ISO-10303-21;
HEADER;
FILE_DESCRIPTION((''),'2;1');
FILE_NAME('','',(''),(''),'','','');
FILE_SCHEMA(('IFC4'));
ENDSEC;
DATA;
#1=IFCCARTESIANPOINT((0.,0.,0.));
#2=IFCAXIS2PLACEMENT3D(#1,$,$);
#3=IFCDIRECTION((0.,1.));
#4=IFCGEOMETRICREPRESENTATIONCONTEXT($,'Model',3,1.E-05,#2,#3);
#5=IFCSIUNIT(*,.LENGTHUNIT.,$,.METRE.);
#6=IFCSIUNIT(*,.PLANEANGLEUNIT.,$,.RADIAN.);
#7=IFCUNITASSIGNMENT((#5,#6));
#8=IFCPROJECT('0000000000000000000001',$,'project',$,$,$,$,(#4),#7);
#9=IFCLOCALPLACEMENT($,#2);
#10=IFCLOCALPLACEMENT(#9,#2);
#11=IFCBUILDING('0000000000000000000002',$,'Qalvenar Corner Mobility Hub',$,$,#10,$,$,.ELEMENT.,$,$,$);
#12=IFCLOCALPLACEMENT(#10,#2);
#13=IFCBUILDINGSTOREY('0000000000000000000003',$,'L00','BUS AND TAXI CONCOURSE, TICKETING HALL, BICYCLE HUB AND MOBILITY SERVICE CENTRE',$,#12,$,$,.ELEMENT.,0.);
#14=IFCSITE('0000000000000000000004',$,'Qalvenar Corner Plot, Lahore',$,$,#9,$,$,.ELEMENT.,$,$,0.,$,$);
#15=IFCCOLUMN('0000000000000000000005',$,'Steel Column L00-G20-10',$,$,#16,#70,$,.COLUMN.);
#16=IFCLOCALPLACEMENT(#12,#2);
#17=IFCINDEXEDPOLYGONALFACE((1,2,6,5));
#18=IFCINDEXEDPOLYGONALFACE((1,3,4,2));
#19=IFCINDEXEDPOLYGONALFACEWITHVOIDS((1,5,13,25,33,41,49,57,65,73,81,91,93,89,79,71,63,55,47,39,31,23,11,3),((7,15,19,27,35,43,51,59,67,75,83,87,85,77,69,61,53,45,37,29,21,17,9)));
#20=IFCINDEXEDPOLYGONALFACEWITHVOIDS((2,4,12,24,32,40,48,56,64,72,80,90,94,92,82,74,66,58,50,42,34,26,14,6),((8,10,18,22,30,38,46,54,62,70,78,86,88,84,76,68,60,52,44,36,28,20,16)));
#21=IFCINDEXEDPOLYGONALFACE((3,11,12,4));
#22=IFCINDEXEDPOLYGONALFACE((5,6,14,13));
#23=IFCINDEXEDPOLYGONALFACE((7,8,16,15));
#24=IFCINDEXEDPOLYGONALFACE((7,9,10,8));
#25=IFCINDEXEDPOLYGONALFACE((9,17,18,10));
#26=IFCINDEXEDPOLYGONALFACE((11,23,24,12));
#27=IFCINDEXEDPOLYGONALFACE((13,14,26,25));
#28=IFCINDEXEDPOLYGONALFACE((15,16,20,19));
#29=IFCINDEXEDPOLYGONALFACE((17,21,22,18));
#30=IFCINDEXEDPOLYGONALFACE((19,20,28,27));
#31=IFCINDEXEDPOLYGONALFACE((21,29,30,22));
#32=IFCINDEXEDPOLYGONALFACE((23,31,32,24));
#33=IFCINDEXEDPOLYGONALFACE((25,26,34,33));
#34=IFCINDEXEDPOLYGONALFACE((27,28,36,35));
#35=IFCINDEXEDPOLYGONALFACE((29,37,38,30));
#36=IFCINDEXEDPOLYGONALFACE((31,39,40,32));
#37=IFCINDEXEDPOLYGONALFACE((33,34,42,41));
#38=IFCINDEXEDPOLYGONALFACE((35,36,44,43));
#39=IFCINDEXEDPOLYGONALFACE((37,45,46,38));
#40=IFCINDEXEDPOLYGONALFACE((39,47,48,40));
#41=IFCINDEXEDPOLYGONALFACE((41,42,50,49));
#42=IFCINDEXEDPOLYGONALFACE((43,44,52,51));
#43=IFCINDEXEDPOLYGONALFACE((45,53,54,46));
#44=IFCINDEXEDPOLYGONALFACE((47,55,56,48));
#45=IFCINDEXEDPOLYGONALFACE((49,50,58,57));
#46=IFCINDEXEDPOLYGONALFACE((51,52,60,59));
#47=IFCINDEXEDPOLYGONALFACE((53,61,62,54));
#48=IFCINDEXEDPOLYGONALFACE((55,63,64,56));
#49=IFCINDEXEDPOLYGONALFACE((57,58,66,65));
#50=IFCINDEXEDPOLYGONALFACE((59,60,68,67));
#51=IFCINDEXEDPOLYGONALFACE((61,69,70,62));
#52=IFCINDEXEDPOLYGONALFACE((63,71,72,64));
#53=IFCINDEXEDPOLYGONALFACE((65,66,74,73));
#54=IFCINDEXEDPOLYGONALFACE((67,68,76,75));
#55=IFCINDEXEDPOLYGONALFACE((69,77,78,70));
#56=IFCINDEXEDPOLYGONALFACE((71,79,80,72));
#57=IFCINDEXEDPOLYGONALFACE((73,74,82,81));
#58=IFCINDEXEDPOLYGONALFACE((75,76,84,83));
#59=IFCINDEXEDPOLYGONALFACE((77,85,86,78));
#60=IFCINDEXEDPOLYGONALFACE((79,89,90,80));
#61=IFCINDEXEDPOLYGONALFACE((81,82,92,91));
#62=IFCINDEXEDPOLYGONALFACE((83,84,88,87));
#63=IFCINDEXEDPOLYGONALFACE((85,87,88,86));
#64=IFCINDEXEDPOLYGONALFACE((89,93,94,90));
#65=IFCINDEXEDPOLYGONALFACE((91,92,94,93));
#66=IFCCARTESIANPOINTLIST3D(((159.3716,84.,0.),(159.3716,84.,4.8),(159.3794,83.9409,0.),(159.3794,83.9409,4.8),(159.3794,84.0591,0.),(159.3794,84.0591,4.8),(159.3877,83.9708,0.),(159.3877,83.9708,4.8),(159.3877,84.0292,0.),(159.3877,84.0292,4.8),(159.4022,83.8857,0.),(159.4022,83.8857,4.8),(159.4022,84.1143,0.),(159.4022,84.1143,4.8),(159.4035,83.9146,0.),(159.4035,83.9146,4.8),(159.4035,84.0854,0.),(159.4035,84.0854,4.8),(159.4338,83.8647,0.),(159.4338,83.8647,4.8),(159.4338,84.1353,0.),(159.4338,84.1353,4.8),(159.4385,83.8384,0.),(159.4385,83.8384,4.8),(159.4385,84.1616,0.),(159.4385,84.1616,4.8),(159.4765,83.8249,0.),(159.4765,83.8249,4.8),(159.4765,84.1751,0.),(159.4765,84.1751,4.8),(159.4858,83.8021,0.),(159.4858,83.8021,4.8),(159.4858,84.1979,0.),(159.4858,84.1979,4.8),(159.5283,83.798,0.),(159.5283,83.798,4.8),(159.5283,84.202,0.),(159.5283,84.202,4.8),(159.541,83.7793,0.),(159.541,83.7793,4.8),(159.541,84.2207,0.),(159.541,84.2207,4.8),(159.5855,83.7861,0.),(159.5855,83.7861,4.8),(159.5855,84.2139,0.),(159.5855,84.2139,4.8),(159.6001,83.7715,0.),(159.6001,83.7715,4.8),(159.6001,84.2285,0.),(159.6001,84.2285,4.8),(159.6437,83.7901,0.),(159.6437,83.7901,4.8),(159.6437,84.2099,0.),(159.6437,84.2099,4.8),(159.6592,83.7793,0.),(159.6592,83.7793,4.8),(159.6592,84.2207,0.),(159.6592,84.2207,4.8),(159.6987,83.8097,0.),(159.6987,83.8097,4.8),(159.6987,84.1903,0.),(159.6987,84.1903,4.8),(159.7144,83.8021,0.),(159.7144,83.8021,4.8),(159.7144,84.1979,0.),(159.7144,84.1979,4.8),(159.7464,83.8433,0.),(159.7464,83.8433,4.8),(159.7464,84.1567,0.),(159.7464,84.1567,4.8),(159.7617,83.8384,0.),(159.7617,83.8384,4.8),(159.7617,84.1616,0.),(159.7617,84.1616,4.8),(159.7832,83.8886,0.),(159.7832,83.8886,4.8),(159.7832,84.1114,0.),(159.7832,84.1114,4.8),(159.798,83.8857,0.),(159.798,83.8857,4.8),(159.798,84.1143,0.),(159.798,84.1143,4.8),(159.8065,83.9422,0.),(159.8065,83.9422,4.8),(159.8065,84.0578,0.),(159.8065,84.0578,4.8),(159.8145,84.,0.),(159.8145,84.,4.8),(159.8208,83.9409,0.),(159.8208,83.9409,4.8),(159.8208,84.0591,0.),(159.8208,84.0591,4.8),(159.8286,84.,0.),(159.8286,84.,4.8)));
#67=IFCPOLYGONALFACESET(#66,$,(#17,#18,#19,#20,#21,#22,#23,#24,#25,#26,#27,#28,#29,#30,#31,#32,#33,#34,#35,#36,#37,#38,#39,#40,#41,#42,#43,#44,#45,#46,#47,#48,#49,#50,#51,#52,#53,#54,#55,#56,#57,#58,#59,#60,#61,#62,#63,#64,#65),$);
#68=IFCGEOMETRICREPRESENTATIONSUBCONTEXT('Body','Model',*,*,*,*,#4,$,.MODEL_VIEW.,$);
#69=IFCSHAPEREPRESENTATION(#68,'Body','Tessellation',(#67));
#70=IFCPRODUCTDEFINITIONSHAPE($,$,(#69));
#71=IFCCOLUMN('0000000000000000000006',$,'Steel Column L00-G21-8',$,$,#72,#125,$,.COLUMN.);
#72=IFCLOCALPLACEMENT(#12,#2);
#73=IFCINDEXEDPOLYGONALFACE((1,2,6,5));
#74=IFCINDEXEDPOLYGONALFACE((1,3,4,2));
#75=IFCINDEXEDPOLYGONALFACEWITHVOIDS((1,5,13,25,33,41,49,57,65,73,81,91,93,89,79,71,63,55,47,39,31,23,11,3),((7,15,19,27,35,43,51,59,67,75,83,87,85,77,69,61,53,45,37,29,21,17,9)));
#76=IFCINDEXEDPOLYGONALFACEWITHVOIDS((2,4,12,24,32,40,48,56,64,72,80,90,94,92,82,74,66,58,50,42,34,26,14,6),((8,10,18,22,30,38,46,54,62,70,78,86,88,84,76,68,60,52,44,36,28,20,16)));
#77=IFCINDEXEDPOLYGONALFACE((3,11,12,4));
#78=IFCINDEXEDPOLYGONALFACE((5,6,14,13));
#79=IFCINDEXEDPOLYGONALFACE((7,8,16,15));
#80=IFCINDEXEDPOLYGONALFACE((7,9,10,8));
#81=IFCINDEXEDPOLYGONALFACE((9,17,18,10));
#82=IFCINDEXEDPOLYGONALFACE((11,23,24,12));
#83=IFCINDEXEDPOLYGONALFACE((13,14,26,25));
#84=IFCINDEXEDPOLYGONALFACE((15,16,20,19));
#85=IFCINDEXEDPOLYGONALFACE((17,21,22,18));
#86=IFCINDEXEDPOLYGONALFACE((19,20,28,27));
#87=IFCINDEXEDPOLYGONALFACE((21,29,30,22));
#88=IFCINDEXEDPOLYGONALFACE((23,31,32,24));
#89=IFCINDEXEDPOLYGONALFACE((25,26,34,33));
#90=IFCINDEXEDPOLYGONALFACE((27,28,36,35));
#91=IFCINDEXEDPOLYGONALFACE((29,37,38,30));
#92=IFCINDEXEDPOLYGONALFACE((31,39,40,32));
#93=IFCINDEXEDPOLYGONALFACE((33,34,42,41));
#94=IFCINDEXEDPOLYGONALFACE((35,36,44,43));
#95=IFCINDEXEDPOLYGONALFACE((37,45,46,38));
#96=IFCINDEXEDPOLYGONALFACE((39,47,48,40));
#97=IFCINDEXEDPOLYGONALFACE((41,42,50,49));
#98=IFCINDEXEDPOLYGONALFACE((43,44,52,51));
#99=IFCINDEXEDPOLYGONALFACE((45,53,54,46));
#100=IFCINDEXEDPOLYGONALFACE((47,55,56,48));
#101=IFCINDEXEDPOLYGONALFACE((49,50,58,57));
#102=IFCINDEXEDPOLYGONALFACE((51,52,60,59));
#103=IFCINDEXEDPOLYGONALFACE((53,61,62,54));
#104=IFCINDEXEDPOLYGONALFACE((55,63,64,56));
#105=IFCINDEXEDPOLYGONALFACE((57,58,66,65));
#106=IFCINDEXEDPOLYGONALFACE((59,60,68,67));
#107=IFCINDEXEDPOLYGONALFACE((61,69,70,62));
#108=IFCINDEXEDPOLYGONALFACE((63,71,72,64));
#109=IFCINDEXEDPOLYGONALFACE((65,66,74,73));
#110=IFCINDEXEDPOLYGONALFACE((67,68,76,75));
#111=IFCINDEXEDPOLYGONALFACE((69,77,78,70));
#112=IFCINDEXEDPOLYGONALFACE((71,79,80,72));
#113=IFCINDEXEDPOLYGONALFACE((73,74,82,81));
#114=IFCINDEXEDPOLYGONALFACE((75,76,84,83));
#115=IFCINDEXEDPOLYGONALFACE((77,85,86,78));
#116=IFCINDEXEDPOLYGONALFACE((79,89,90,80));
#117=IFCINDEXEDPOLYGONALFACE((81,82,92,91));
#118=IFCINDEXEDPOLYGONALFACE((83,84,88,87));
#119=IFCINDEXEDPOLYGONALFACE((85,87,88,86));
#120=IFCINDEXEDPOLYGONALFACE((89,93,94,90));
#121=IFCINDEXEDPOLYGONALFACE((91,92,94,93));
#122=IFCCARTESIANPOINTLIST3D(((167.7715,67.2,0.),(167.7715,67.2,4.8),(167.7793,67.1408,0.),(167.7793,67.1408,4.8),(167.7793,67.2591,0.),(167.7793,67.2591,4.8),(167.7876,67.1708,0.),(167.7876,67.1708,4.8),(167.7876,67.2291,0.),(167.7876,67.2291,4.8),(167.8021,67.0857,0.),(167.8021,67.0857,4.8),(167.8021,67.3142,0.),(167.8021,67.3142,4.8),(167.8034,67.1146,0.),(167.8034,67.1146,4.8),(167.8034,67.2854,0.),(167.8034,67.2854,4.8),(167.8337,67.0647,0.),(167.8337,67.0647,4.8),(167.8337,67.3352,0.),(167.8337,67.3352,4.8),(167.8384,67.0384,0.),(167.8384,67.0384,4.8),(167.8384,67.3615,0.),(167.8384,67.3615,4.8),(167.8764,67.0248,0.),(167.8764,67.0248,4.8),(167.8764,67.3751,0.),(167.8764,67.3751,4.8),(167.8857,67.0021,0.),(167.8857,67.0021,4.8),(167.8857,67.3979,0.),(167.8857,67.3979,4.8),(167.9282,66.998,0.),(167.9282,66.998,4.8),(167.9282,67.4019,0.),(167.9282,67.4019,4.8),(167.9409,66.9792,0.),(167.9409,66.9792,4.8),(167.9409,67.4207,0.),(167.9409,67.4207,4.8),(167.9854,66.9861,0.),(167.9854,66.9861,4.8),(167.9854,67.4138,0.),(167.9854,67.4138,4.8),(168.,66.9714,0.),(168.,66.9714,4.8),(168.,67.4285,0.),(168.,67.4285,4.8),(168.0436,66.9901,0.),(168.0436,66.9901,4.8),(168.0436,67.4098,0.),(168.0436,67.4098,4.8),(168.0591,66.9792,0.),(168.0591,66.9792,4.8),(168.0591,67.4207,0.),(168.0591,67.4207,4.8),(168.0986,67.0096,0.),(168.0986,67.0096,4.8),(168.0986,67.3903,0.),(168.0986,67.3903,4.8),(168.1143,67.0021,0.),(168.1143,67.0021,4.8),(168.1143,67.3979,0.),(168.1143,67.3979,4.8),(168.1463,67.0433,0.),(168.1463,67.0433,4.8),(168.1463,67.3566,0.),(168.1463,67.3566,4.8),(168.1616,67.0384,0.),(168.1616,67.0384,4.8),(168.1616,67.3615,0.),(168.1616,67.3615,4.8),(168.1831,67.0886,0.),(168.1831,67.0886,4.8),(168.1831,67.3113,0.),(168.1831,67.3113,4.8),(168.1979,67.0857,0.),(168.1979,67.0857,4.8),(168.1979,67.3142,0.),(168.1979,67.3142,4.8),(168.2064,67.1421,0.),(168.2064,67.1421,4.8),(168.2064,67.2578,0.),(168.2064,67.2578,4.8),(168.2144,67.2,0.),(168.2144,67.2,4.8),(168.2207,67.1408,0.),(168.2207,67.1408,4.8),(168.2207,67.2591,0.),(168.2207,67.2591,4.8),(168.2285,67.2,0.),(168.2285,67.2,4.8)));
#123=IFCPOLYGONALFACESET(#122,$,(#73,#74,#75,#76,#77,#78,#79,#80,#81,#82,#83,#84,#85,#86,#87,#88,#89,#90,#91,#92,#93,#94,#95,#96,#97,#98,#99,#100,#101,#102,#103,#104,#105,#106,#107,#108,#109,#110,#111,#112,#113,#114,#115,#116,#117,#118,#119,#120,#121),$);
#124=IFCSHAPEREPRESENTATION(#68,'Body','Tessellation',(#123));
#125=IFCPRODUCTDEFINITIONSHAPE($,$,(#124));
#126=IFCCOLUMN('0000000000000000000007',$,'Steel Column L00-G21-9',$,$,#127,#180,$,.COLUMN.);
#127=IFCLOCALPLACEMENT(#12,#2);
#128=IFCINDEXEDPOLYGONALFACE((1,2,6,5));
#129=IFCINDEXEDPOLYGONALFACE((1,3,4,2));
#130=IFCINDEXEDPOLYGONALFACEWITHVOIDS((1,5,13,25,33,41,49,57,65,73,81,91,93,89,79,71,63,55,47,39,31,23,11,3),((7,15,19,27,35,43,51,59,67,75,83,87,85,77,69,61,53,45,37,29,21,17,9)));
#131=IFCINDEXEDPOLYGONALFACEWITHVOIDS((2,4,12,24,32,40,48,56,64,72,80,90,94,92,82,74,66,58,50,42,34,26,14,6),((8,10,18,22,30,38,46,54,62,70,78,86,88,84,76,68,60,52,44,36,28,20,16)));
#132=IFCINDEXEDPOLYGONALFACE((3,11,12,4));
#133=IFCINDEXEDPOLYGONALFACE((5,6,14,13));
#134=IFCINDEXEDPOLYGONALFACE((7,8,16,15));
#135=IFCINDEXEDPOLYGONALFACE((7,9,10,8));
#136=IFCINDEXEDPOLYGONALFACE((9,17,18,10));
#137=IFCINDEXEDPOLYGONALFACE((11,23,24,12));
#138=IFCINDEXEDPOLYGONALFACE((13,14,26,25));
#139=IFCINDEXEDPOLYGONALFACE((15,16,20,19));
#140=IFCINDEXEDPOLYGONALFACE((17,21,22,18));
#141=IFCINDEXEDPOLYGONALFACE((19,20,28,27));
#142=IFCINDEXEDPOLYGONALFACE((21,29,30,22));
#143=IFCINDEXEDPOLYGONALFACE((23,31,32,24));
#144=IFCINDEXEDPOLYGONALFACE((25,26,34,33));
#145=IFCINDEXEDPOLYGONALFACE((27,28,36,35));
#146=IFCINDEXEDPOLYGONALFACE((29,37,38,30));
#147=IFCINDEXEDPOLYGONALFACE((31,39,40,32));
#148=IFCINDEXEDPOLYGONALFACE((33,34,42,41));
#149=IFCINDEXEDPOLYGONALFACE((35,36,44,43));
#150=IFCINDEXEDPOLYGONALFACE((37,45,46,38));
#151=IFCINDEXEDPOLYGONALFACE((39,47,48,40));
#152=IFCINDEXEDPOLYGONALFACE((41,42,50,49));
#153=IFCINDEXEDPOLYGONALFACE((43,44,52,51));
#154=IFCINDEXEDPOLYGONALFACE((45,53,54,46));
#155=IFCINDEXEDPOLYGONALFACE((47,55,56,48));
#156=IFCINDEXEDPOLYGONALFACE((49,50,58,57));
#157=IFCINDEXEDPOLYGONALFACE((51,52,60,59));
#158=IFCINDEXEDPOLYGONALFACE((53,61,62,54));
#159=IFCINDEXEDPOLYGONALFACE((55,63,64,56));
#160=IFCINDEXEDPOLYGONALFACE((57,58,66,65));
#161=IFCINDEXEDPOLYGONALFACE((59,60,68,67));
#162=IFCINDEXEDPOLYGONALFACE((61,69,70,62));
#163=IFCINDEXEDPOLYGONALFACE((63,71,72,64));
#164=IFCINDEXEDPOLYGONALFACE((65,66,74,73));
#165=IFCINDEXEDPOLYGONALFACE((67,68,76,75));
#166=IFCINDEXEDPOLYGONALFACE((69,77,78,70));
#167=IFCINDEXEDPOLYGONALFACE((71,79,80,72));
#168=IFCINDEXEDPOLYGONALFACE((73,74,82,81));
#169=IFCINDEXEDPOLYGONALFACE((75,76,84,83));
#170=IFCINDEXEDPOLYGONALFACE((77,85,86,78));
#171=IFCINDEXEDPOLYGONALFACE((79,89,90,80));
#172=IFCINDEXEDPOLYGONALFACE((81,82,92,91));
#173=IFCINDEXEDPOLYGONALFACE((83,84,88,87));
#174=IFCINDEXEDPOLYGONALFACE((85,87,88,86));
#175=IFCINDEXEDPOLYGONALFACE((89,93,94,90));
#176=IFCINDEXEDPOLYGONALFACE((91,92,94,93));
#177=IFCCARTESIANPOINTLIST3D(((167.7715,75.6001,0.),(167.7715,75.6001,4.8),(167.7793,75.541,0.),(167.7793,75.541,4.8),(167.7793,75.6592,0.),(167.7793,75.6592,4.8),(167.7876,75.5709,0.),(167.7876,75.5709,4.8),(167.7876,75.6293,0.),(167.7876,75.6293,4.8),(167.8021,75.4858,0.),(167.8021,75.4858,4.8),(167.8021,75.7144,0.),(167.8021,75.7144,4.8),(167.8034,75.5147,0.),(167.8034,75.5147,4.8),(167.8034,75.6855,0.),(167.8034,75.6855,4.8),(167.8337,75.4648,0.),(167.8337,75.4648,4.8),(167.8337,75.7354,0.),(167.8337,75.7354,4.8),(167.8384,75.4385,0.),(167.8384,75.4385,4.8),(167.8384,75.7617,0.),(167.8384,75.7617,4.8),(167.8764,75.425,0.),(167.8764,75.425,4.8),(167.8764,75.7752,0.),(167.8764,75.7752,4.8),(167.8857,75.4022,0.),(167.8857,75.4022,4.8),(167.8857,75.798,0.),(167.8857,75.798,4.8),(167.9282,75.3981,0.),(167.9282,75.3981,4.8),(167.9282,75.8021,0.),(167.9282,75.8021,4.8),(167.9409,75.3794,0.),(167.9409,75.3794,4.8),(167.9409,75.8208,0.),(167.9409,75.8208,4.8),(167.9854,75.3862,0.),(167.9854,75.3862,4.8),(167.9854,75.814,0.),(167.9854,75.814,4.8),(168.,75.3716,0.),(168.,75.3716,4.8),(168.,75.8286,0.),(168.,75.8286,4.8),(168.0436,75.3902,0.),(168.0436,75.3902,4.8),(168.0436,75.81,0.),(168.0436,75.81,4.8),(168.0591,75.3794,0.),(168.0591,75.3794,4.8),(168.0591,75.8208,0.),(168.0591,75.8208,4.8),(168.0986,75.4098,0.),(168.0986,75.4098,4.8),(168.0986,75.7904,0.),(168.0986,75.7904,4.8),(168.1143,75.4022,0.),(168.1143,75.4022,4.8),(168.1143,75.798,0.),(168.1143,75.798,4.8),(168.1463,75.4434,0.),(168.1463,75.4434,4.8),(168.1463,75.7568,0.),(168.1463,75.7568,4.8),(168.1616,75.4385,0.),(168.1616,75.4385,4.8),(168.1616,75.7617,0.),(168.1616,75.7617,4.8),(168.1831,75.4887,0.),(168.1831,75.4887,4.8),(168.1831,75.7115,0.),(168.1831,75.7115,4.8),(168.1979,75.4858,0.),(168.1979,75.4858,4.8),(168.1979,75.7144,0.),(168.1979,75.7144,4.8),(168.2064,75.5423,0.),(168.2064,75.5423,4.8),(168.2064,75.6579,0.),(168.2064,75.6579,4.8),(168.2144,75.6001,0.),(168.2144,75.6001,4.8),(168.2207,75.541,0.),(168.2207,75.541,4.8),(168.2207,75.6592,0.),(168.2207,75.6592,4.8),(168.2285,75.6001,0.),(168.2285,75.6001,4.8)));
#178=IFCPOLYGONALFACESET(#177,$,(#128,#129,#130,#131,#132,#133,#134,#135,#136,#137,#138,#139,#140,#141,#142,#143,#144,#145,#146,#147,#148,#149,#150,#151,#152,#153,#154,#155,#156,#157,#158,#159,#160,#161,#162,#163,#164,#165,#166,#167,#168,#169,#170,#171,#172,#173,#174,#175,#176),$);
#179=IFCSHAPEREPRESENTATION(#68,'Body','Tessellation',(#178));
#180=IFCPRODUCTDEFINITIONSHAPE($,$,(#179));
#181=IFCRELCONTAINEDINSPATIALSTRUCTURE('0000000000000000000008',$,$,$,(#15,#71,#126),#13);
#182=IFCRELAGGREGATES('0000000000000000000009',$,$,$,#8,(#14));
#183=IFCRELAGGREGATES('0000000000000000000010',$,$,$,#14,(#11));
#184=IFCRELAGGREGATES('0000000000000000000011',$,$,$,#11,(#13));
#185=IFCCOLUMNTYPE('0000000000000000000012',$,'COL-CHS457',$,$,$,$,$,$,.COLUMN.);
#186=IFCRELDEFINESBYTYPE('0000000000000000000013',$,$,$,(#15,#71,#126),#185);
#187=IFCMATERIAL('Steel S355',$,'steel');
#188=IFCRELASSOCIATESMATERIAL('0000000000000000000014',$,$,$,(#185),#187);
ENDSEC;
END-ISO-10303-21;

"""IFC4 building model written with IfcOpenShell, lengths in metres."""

from ifc_helpers import new_model, si_unit, direction, frame, origin, origin_2d, place, context, subcontext, project, spatial, hollow_circle, extrude, material, material_profile, profile_set, type_object, element, save


model = new_model("IFC4")

# Units and contexts
model_context = context("Model", 3, precision=1e-05, world=origin(), true_north=direction((0.0, 1.0)))
body_context = subcontext(model_context, "Body", "Model", "MODEL_VIEW")
ifc_project = project(units=[si_unit("LENGTHUNIT", "METRE"), si_unit("PLANEANGLEUNIT", "RADIAN")], contexts=[model_context])

# Site, building, storey
site_placement = place(None, origin())
site = spatial("IfcSite", under=ifc_project, at=site_placement, Name="Qalvenar Corner Plot, Lahore", CompositionType="ELEMENT", RefElevation=0.0)
building_placement = place(site_placement, origin())
building = spatial("IfcBuilding", under=site, at=building_placement, Name="Qalvenar Corner Mobility Hub", CompositionType="ELEMENT")
storey_placement = place(building_placement, origin())
storey = spatial("IfcBuildingStorey", under=building, at=storey_placement, Name="L00", Description="BUS AND TAXI CONCOURSE, TICKETING HALL, BICYCLE HUB AND MOBILITY SERVICE CENTRE", CompositionType="ELEMENT", Elevation=0.0)

# Columns
ifc_material_1 = material(Name="Steel S355", Category="steel")
ifc_material_profile_1 = material_profile(ifc_material_1, hollow_circle(Radius=0.2285, WallThickness=0.0142, at=origin_2d()), Name="CHS457x14.2")
ifc_profile_set_1 = profile_set([ifc_material_profile_1], Name="Steel S355")
column_type = type_object("IfcColumnType", Name="COL-CHS457", PredefinedType="COLUMN", material=ifc_profile_set_1)
for number, where, z_axis, x_axis, name in (
    (1, (159.6001, 84.0, 0.0), (0.0, 0.0, 1.0), (1.0, 0.0, 0.0), "Steel Column L00-G20-10"),
    (2, (168.0, 67.2, 0.0), (0.0, 0.0, 1.0), (1.0, 0.0, 0.0), "Steel Column L00-G21-8"),
    (3, (168.0, 75.6001, 0.0), (0.0, 0.0, 1.0), (1.0, 0.0, 0.0), "Steel Column L00-G21-9"),
):
    element("IfcColumn", number, at=place(storey_placement, frame(where, z_axis=z_axis, x_axis=x_axis)), inside=storey, type_object=column_type, Name=name, PredefinedType="COLUMN", context=body_context, shape_type="SweptSolid", body=[
        extrude(hollow_circle(Radius=0.2285, WallThickness=0.0142, at=origin_2d()), origin(), (0.0, 0.0, 1.0), 4.8),
    ])

save(model, "model.ifc")
